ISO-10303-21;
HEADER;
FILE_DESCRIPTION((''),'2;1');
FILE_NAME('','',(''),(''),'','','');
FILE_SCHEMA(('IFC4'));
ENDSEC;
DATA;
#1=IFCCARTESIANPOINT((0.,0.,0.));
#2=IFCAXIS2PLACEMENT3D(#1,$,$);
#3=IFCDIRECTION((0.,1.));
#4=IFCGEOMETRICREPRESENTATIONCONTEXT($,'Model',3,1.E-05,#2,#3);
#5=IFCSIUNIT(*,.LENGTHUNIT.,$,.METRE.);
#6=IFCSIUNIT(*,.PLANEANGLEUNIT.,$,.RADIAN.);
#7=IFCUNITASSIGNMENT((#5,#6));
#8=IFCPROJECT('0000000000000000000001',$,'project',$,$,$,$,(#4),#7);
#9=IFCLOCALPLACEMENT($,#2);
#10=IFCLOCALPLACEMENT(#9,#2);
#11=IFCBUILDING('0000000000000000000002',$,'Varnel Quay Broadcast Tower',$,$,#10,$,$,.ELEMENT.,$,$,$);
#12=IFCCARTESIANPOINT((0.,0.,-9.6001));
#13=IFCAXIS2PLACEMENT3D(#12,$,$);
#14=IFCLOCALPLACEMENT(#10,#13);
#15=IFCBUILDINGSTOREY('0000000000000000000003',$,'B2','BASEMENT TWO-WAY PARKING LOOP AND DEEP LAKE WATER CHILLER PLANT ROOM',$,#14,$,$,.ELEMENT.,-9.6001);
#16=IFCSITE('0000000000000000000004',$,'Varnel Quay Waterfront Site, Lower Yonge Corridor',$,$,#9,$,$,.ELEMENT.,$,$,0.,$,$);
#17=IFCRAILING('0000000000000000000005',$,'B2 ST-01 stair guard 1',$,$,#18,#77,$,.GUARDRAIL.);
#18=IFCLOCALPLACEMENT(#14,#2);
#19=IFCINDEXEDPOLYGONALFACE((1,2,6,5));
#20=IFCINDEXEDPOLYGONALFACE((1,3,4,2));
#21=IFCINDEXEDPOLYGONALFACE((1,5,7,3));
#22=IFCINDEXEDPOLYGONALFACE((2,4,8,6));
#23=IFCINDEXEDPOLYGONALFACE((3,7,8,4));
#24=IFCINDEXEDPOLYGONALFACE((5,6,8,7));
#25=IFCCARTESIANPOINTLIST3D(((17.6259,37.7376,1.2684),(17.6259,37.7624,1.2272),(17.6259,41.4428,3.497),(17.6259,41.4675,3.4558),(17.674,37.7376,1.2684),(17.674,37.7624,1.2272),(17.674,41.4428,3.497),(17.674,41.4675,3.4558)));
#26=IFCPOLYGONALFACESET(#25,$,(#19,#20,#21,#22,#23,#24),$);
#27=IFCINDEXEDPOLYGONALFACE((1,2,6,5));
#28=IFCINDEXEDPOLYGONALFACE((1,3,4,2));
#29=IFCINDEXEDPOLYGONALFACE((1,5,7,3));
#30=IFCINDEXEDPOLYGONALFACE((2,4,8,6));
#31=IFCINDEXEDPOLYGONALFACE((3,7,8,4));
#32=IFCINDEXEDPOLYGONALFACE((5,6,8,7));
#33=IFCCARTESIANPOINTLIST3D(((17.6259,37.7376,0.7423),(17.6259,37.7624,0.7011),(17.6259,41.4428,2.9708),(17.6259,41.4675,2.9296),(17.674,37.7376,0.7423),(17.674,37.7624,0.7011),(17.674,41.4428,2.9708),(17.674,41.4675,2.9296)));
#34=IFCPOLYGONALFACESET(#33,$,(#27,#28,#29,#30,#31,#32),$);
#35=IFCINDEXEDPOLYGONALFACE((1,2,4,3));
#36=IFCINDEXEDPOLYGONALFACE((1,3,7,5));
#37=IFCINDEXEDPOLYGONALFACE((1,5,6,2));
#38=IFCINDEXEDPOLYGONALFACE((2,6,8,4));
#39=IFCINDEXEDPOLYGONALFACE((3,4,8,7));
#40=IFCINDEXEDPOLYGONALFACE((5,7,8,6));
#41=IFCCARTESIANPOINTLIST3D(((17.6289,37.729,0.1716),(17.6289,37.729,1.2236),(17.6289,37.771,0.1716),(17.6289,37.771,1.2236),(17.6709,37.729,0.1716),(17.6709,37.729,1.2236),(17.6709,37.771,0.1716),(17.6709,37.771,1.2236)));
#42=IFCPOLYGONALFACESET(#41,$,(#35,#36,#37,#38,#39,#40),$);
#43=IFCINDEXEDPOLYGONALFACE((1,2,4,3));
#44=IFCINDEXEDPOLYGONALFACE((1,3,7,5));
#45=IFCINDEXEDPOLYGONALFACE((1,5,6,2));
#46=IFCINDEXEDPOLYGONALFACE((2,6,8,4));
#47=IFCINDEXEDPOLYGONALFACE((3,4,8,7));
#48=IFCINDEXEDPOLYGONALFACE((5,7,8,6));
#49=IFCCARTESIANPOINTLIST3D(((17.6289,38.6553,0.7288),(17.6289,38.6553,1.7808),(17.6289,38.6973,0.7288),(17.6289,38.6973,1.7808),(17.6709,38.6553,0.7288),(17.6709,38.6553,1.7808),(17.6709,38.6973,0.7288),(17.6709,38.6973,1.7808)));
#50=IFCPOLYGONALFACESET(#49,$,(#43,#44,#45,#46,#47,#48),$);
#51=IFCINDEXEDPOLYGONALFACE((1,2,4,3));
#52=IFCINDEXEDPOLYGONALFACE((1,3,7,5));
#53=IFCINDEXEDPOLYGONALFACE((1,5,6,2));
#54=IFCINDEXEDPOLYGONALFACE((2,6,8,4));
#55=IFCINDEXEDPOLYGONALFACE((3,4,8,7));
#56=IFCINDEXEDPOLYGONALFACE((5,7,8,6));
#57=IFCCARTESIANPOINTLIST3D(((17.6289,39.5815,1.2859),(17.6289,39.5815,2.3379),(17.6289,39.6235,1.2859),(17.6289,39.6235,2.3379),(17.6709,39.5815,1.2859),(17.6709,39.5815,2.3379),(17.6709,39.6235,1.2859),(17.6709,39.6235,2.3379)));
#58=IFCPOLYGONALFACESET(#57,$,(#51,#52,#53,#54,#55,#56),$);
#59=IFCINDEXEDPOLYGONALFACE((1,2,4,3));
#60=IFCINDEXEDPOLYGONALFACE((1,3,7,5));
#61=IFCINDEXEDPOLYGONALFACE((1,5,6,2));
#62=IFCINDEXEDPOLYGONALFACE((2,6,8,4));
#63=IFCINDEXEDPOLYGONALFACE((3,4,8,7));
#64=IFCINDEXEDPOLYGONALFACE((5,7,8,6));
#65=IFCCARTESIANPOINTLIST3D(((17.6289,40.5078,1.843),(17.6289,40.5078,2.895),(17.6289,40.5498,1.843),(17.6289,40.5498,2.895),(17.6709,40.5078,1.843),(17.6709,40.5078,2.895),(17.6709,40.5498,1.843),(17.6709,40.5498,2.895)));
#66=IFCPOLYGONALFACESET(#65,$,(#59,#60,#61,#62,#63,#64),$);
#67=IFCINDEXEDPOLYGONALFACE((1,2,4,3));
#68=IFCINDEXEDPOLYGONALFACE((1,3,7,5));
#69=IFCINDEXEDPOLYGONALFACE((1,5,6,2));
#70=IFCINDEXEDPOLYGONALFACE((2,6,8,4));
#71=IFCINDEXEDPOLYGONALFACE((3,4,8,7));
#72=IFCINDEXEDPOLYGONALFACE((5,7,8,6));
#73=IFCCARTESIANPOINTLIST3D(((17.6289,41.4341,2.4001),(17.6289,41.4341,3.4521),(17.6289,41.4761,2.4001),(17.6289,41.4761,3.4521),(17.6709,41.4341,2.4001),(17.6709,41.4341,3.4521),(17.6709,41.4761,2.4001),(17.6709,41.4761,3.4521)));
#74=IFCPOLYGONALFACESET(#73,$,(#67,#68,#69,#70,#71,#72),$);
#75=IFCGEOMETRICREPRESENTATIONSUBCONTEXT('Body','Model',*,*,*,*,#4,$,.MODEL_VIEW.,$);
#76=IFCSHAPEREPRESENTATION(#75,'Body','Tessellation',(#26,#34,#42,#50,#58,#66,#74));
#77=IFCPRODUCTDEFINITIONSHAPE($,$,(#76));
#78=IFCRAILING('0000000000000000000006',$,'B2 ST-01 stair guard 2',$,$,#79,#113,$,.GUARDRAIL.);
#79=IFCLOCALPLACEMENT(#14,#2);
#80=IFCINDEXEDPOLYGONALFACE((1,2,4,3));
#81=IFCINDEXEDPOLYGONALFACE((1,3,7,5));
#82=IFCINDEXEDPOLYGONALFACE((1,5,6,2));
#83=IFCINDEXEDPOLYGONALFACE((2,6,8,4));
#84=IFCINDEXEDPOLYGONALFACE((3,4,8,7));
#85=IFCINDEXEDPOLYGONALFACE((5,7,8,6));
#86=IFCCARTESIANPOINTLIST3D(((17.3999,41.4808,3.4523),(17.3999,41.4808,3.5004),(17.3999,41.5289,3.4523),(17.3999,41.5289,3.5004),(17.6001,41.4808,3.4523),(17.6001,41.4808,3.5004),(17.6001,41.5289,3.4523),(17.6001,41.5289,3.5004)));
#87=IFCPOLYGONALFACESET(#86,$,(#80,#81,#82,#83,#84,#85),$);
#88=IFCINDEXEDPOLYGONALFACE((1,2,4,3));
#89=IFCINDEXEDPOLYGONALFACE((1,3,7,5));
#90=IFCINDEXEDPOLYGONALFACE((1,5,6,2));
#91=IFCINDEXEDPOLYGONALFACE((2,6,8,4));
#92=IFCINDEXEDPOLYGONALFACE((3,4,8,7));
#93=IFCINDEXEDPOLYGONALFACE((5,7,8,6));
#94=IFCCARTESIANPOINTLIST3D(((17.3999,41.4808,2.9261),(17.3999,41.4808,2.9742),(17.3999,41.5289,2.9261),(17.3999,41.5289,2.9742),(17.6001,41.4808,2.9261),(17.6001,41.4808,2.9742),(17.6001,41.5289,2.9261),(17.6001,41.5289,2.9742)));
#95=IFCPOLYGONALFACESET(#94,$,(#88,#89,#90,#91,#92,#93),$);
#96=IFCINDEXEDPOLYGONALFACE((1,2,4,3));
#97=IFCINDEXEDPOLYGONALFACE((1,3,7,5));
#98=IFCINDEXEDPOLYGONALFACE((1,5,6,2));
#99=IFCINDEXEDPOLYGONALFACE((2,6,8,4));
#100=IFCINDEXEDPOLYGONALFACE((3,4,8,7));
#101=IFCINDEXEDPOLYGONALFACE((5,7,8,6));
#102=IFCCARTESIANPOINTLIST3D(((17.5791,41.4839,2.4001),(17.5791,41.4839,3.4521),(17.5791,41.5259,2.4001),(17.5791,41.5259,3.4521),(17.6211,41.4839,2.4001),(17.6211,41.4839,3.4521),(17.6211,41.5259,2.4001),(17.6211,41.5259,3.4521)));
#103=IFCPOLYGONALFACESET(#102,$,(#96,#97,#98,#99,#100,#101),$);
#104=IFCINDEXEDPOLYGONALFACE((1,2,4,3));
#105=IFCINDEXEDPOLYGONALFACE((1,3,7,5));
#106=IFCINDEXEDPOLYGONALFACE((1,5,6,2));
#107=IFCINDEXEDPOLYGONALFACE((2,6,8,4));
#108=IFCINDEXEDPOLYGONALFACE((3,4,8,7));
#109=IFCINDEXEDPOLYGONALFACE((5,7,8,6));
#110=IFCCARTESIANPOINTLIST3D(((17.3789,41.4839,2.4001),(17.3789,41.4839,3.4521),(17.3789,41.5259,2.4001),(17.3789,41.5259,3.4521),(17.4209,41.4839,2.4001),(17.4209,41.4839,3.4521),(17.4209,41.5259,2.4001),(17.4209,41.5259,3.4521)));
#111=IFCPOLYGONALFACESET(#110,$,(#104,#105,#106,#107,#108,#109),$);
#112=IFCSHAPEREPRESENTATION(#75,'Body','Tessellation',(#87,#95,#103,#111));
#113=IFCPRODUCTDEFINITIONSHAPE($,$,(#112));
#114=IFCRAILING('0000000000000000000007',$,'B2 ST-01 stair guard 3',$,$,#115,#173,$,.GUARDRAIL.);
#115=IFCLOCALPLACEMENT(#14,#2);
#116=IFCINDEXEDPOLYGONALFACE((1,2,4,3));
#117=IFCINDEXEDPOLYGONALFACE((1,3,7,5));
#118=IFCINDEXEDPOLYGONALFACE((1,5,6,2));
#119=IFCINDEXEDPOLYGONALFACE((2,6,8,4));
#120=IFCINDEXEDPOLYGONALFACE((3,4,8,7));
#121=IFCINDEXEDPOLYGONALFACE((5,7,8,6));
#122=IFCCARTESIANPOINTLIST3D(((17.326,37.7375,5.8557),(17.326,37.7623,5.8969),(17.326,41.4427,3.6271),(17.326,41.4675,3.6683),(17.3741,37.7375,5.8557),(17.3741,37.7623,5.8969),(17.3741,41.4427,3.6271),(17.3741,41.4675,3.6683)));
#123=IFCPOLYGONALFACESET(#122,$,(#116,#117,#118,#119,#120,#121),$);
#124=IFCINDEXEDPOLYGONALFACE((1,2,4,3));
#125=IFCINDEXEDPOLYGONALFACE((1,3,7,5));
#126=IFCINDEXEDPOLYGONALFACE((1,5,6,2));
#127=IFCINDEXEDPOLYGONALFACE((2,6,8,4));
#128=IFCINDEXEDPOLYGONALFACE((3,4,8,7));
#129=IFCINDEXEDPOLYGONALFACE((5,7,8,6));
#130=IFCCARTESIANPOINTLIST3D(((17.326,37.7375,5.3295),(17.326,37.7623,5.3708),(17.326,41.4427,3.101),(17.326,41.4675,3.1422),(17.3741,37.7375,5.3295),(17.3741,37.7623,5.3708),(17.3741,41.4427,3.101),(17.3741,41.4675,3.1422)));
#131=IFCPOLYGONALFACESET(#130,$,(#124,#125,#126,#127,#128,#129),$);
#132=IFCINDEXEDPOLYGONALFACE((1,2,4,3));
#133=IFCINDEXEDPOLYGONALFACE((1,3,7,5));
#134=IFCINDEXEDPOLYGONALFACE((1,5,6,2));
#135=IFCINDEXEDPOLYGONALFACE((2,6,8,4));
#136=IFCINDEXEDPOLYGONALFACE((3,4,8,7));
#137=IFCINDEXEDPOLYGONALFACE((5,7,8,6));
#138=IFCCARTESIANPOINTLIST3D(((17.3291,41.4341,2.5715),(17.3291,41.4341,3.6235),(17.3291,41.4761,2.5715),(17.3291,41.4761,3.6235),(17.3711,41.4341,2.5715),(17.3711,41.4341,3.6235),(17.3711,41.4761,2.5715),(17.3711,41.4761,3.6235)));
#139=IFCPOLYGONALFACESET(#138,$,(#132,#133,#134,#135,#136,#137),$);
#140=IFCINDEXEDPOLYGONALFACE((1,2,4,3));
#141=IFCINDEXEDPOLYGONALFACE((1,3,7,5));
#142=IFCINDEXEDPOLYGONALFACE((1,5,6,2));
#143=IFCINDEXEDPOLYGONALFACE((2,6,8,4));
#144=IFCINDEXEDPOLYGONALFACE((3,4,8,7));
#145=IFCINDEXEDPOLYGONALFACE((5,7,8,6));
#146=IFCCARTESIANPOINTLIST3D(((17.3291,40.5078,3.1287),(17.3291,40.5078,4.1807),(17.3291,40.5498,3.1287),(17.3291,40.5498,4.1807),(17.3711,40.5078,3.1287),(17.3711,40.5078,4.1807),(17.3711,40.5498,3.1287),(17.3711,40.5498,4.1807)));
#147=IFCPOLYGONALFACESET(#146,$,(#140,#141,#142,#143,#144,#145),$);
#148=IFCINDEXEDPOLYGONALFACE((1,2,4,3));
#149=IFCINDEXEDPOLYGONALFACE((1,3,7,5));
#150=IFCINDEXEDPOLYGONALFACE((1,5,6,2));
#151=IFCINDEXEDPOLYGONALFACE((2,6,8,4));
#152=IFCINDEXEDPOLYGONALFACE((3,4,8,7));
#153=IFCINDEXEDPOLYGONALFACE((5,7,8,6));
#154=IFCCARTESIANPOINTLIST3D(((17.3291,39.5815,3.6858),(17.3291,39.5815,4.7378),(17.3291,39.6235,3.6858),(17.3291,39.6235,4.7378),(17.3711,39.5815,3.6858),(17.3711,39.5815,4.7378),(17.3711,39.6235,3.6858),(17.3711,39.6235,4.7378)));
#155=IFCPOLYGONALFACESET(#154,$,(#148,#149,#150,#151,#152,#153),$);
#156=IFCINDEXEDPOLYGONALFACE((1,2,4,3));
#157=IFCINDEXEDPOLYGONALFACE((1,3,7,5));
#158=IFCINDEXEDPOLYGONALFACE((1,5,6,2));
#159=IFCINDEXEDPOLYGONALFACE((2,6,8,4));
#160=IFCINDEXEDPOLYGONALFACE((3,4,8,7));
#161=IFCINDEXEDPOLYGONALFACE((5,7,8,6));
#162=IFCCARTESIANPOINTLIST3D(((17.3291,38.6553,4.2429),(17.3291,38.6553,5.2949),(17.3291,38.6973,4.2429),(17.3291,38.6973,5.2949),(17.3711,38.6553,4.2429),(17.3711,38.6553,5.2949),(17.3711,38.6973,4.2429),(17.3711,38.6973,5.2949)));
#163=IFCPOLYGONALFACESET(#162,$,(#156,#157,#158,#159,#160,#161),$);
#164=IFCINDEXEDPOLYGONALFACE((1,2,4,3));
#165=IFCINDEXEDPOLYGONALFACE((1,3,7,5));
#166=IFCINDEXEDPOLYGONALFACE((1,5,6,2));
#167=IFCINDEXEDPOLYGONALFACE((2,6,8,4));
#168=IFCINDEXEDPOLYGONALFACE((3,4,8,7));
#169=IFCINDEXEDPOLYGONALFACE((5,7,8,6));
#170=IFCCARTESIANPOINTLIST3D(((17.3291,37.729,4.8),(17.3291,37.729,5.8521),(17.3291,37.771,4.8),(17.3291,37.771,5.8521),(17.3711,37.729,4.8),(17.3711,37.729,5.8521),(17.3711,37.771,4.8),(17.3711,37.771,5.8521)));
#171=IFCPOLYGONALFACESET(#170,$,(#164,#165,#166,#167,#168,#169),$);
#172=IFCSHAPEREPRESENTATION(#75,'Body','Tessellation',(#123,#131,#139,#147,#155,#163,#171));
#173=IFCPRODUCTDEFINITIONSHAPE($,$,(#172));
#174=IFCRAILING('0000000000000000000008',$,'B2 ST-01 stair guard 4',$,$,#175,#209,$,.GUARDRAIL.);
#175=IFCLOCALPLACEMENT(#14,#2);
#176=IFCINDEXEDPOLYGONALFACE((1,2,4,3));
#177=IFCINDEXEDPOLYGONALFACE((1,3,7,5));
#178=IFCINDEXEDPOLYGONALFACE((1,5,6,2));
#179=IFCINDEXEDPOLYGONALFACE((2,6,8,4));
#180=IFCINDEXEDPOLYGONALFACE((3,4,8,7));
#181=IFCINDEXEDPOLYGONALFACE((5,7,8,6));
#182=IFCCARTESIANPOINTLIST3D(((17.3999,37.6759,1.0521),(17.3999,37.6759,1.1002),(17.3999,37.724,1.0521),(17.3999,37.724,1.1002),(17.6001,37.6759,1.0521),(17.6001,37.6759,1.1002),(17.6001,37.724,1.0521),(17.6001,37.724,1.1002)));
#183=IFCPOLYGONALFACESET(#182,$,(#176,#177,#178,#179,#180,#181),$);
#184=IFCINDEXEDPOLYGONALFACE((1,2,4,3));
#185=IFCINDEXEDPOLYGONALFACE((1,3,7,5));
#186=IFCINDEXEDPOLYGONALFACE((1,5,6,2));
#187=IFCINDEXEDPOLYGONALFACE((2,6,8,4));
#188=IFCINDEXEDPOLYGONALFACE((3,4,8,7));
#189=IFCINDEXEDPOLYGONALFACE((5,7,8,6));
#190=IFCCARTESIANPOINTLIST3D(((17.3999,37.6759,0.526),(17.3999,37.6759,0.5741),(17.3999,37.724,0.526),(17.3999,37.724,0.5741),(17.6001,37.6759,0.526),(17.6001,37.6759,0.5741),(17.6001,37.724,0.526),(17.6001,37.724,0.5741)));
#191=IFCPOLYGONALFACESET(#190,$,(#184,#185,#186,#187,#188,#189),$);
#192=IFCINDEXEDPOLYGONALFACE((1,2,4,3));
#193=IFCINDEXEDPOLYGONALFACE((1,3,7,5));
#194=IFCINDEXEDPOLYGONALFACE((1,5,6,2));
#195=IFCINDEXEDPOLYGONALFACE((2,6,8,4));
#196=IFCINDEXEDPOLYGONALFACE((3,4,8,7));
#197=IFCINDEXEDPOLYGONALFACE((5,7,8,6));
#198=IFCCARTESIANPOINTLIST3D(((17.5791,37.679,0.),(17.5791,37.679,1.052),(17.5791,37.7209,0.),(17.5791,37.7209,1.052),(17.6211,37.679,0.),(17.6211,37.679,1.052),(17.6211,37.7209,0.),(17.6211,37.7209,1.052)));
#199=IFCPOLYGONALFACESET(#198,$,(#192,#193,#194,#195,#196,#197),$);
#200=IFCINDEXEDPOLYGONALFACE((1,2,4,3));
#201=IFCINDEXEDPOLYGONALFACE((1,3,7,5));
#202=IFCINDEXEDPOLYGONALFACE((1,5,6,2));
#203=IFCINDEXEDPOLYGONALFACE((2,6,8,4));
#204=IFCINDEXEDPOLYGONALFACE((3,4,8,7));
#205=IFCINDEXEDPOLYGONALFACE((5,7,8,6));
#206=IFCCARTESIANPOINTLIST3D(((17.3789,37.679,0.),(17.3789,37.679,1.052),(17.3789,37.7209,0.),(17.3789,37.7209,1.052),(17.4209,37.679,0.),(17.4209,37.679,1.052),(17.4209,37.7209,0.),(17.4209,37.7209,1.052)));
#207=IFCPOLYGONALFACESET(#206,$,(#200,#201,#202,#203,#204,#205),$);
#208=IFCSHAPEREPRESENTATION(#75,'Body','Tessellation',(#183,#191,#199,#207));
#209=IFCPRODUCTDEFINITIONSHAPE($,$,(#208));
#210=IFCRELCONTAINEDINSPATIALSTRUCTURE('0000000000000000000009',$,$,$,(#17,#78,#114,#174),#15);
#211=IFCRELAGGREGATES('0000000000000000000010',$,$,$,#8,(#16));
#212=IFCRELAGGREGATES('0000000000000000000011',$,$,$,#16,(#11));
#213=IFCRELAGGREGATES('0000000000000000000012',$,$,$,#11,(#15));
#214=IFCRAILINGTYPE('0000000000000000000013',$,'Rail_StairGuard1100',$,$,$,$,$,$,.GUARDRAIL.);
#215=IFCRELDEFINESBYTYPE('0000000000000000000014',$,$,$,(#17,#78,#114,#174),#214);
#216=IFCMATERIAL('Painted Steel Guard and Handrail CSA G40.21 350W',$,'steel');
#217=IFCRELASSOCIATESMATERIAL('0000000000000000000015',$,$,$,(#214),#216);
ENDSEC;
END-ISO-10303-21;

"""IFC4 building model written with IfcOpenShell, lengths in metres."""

from ifc_helpers import new_model, si_unit, direction, frame, origin, origin_2d, place, context, subcontext, project, spatial, rectangle, extrude, material, type_object, element, save


model = new_model("IFC4")

# Units and contexts
model_context = context("Model", 3, precision=1e-05, world=origin(), true_north=direction((0.0, 1.0)))
body_context = subcontext(model_context, "Body", "Model", "MODEL_VIEW")
ifc_project = project(units=[si_unit("LENGTHUNIT", "METRE"), si_unit("PLANEANGLEUNIT", "RADIAN")], contexts=[model_context])

# Site, building, storey
site_placement = place(None, origin())
site = spatial("IfcSite", under=ifc_project, at=site_placement, Name="Varnel Quay Waterfront Site, Lower Yonge Corridor", CompositionType="ELEMENT", RefElevation=0.0)
building_placement = place(site_placement, origin())
building = spatial("IfcBuilding", under=site, at=building_placement, Name="Varnel Quay Broadcast Tower", CompositionType="ELEMENT")
storey_placement = place(building_placement, frame((0.0, 0.0, -9.6001)))
storey = spatial("IfcBuildingStorey", under=building, at=storey_placement, Name="B2", Description="BASEMENT TWO-WAY PARKING LOOP AND DEEP LAKE WATER CHILLER PLANT ROOM", CompositionType="ELEMENT", Elevation=-9.6001)

# Railings
ifc_material_1 = material(Name="Painted Steel Guard and Handrail CSA G40.21 350W", Category="steel")
railing_type_1 = type_object("IfcRailingType", Name="Rail_StairGuard1100", PredefinedType="GUARDRAIL", material=ifc_material_1)
railing_1_placement = place(storey_placement, frame((17.6499, 37.75, 0.1716)))
element("IfcRailing", 1, at=railing_1_placement, inside=storey, type_object=railing_type_1, Name="B2 ST-01 stair guard 1", PredefinedType="GUARDRAIL", context=body_context, shape_type="SweptSolid", body=[
    extrude(rectangle(XDim=0.0481, YDim=0.0481, at=origin_2d()), frame((0.0, 0.0, 1.0762), z_axis=(0.0, 0.856934, 0.515425), x_axis=(-1.0, 0.0, 0.0)), (0.0, 0.0, 1.0), 4.3237),
    extrude(rectangle(XDim=0.0481, YDim=0.0481, at=origin_2d()), frame((0.0, 0.0, 0.55), z_axis=(0.0, 0.856934, 0.515425), x_axis=(-1.0, 0.0, 0.0)), (0.0, 0.0, 1.0), 4.3237),
    extrude(rectangle(XDim=0.042, YDim=0.042, at=origin_2d()), origin(), (0.0, 0.0, 1.0), 1.052),
    extrude(rectangle(XDim=0.042, YDim=0.042, at=origin_2d()), frame((0.0, 0.9263, 0.5571)), (0.0, 0.0, 1.0), 1.052),
    extrude(rectangle(XDim=0.042, YDim=0.042, at=origin_2d()), frame((0.0, 1.8525, 1.1143)), (0.0, 0.0, 1.0), 1.052),
    extrude(rectangle(XDim=0.042, YDim=0.042, at=origin_2d()), frame((0.0, 2.7788, 1.6714)), (0.0, 0.0, 1.0), 1.052),
    extrude(rectangle(XDim=0.042, YDim=0.042, at=origin_2d()), frame((0.0, 3.7051, 2.2285)), (0.0, 0.0, 1.0), 1.052),
])
railing_2_placement = place(storey_placement, frame((17.6001, 41.5049, 2.4001)))
element("IfcRailing", 2, at=railing_2_placement, inside=storey, type_object=railing_type_1, Name="B2 ST-01 stair guard 2", PredefinedType="GUARDRAIL", context=body_context, shape_type="SweptSolid", body=[
    extrude(rectangle(XDim=0.0481, YDim=0.0481, at=origin_2d()), frame((0.0, 0.0, 1.0762), z_axis=(-1.0, 0.0, 0.0), x_axis=(0.0, -1.0, 0.0)), (0.0, 0.0, 1.0), 0.2002),
    extrude(rectangle(XDim=0.0481, YDim=0.0481, at=origin_2d()), frame((0.0, 0.0, 0.55), z_axis=(-1.0, 0.0, 0.0), x_axis=(0.0, -1.0, 0.0)), (0.0, 0.0, 1.0), 0.2002),
    extrude(rectangle(XDim=0.042, YDim=0.042, at=origin_2d()), origin(), (0.0, 0.0, 1.0), 1.052),
    extrude(rectangle(XDim=0.042, YDim=0.042, at=origin_2d()), frame((-0.2002, 0.0, 0.0)), (0.0, 0.0, 1.0), 1.052),
])
railing_3_placement = place(storey_placement, frame((17.3501, 41.4551, 2.5715)))
element("IfcRailing", 3, at=railing_3_placement, inside=storey, type_object=railing_type_1, Name="B2 ST-01 stair guard 3", PredefinedType="GUARDRAIL", context=body_context, shape_type="SweptSolid", body=[
    extrude(rectangle(XDim=0.0481, YDim=0.0481, at=origin_2d()), frame((0.0, 0.0, 1.0762), z_axis=(0.0, -0.856934, 0.515425), x_axis=(1.0, 0.0, 0.0)), (0.0, 0.0, 1.0), 4.3237),
    extrude(rectangle(XDim=0.0481, YDim=0.0481, at=origin_2d()), frame((0.0, 0.0, 0.55), z_axis=(0.0, -0.856934, 0.515425), x_axis=(1.0, 0.0, 0.0)), (0.0, 0.0, 1.0), 4.3237),
    extrude(rectangle(XDim=0.042, YDim=0.042, at=origin_2d()), origin(), (0.0, 0.0, 1.0), 1.052),
    extrude(rectangle(XDim=0.042, YDim=0.042, at=origin_2d()), frame((0.0, -0.9263, 0.5571)), (0.0, 0.0, 1.0), 1.052),
    extrude(rectangle(XDim=0.042, YDim=0.042, at=origin_2d()), frame((0.0, -1.8525, 1.1143)), (0.0, 0.0, 1.0), 1.052),
    extrude(rectangle(XDim=0.042, YDim=0.042, at=origin_2d()), frame((0.0, -2.7788, 1.6714)), (0.0, 0.0, 1.0), 1.052),
    extrude(rectangle(XDim=0.042, YDim=0.042, at=origin_2d()), frame((0.0, -3.7051, 2.2285)), (0.0, 0.0, 1.0), 1.052),
])
railing_4_placement = place(storey_placement, frame((17.6001, 37.7, 0.0)))
element("IfcRailing", 4, at=railing_4_placement, inside=storey, type_object=railing_type_1, Name="B2 ST-01 stair guard 4", PredefinedType="GUARDRAIL", context=body_context, shape_type="SweptSolid", body=[
    extrude(rectangle(XDim=0.0481, YDim=0.0481, at=origin_2d()), frame((0.0, 0.0, 1.0762), z_axis=(-1.0, 0.0, 0.0), x_axis=(0.0, -1.0, 0.0)), (0.0, 0.0, 1.0), 0.2002),
    extrude(rectangle(XDim=0.0481, YDim=0.0481, at=origin_2d()), frame((0.0, 0.0, 0.55), z_axis=(-1.0, 0.0, 0.0), x_axis=(0.0, -1.0, 0.0)), (0.0, 0.0, 1.0), 0.2002),
    extrude(rectangle(XDim=0.042, YDim=0.042, at=origin_2d()), origin(), (0.0, 0.0, 1.0), 1.052),
    extrude(rectangle(XDim=0.042, YDim=0.042, at=origin_2d()), frame((-0.2002, 0.0, 0.0)), (0.0, 0.0, 1.0), 1.052),
])

save(model, "model.ifc")
